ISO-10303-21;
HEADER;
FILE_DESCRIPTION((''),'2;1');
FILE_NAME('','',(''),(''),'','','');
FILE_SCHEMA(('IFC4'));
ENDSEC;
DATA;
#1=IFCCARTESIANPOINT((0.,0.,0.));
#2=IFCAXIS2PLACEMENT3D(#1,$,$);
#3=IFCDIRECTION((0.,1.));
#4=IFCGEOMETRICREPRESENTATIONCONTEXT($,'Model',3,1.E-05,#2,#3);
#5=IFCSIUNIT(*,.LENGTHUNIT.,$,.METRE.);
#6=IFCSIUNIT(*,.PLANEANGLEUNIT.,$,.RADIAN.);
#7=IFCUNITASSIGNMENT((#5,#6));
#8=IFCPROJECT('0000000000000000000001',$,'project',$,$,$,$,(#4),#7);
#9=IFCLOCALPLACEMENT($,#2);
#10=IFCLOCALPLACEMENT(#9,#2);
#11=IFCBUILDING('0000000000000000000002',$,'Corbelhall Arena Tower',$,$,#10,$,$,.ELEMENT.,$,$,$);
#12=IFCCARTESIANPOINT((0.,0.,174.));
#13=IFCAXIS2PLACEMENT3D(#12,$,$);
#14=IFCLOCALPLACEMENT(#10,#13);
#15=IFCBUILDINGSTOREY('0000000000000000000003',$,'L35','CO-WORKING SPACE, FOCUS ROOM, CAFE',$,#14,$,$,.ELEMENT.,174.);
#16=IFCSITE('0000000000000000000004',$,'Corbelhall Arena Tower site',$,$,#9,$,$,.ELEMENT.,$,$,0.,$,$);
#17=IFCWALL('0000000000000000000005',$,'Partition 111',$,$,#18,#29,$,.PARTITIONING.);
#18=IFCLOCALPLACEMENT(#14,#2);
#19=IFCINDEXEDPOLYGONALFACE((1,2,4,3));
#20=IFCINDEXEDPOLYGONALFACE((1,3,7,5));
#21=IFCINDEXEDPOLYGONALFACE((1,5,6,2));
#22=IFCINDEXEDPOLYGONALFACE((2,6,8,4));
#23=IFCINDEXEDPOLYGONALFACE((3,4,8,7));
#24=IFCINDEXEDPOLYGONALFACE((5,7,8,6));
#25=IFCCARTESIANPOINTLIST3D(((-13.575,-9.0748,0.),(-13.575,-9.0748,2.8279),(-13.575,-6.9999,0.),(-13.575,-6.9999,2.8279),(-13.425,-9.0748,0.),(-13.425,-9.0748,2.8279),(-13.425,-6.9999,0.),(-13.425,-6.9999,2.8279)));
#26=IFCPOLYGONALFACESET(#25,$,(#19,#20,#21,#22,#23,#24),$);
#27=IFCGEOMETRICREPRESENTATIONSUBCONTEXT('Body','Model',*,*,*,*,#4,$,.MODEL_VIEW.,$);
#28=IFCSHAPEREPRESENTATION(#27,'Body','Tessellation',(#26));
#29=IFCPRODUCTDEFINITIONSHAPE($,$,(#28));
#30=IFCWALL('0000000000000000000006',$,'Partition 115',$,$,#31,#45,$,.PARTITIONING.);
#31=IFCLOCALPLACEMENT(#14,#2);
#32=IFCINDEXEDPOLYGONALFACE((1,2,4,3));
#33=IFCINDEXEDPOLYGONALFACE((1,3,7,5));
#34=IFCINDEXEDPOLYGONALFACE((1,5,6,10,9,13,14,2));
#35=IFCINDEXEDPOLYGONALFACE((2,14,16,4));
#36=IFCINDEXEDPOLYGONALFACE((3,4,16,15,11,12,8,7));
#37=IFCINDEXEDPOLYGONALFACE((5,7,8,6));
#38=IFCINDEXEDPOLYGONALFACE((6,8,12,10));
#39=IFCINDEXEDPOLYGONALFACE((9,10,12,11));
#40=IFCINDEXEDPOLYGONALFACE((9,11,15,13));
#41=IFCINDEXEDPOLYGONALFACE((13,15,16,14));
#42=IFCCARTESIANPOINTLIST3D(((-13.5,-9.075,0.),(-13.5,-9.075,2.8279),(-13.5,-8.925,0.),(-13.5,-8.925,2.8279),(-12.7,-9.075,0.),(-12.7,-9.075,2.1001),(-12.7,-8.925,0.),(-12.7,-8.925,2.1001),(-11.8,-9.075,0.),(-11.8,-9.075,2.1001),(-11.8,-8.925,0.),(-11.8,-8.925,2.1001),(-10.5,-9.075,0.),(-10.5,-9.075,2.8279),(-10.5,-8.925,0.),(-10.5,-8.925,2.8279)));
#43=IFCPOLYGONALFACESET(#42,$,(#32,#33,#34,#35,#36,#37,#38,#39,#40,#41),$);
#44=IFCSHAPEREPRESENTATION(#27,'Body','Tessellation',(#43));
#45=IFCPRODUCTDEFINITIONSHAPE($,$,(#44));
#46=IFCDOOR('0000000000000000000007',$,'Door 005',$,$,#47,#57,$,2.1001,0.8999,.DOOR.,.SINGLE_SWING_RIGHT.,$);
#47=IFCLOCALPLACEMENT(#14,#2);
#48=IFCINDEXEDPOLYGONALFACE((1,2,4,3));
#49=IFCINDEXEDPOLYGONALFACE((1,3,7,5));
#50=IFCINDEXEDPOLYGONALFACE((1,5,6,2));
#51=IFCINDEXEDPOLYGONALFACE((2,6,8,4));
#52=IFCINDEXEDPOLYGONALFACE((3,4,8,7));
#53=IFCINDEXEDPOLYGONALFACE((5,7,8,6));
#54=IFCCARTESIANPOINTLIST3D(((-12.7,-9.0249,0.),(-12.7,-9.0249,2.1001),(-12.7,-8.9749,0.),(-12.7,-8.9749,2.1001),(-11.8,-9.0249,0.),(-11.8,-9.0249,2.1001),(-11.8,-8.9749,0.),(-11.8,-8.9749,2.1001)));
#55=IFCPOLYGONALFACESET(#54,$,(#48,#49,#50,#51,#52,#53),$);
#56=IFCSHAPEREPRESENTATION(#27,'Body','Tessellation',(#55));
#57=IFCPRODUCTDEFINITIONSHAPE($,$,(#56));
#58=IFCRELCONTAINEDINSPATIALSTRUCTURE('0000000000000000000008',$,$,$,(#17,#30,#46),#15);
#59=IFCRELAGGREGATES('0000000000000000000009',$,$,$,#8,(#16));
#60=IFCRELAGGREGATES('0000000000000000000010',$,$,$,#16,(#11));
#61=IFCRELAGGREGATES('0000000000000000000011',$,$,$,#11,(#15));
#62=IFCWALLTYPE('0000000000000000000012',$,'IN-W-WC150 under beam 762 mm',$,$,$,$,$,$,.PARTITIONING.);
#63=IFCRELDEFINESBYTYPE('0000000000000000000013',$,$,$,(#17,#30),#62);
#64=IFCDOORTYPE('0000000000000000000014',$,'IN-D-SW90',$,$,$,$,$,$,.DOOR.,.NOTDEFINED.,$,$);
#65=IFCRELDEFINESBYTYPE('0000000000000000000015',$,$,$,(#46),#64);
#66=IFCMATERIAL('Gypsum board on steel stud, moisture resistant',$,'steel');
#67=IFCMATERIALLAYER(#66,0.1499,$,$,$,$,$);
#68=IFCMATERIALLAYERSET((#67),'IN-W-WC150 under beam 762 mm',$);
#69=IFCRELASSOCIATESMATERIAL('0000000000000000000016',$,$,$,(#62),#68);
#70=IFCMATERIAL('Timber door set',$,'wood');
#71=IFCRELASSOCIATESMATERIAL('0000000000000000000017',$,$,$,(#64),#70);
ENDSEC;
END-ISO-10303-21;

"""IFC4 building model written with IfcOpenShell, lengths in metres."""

from ifc_helpers import new_model, si_unit, direction, frame, frame_2d, origin, place, context, subcontext, project, spatial, rectangle, extrude, material, layer, layer_set, type_object, element, fill, save


model = new_model("IFC4")

# Units and contexts
model_context = context("Model", 3, precision=1e-05, world=origin(), true_north=direction((0.0, 1.0)))
body_context = subcontext(model_context, "Body", "Model", "MODEL_VIEW")
ifc_project = project(units=[si_unit("LENGTHUNIT", "METRE"), si_unit("PLANEANGLEUNIT", "RADIAN")], contexts=[model_context])

# Site, building, storey
site_placement = place(None, origin())
site = spatial("IfcSite", under=ifc_project, at=site_placement, Name="Corbelhall Arena Tower site", CompositionType="ELEMENT", RefElevation=0.0)
building_placement = place(site_placement, origin())
building = spatial("IfcBuilding", under=site, at=building_placement, Name="Corbelhall Arena Tower", CompositionType="ELEMENT")
storey_placement = place(building_placement, frame((0.0, 0.0, 174.0)))
storey = spatial("IfcBuildingStorey", under=building, at=storey_placement, Name="L35", Description="CO-WORKING SPACE, FOCUS ROOM, CAFE", CompositionType="ELEMENT", Elevation=174.0)

# Wall
ifc_material_1 = material(Name="Gypsum board on steel stud, moisture resistant", Category="steel")
ifc_layer_1 = layer(ifc_material_1, 0.1499)
ifc_layer_set_1 = layer_set([ifc_layer_1], Name="IN-W-WC150 under beam 762 mm")
wall_type_1 = type_object("IfcWallType", Name="IN-W-WC150 under beam 762 mm", PredefinedType="PARTITIONING", material=ifc_layer_set_1)
wall_1_placement = place(storey_placement, frame((-13.5, -9.075, 0.0), z_axis=(0.0, 0.0, 1.0), x_axis=(0.0, 1.0, 0.0)))
element("IfcWall", 1, at=wall_1_placement, inside=storey, type_object=wall_type_1, Name="Partition 111", PredefinedType="PARTITIONING", context=body_context, shape_type="SweptSolid", body=[
    extrude(rectangle(XDim=2.075, YDim=0.1499, at=frame_2d((1.0376, 0.0))), origin(), (0.0, 0.0, 1.0), 2.8279),
])

# Wall, opening, door
wall_2_placement = place(storey_placement, frame((-10.5, -9.0, 0.0), z_axis=(0.0, 0.0, 1.0), x_axis=(-1.0, 0.0, 0.0)))
wall_2 = element("IfcWall", 2, at=wall_2_placement, inside=storey, type_object=wall_type_1, Name="Partition 115", PredefinedType="PARTITIONING", context=body_context, shape_type="SweptSolid", body=[
    extrude(rectangle(XDim=3.0, YDim=0.1499, at=frame_2d((1.5, 0.0))), origin(), (0.0, 0.0, 1.0), 2.8279),
])
opening_1_placement = place(wall_2_placement, frame((1.3, 0.0, 0.0)))
opening_1 = element("IfcOpeningElement", 3, at=opening_1_placement, cuts=wall_2, PredefinedType="OPENING", context=body_context, shape_type="SweptSolid", body=[
    extrude(rectangle(XDim=0.8999, YDim=2.1001, at=frame_2d((0.45, 1.05))), frame((0.0, 0.075, 0.0), z_axis=(0.0, -1.0, 0.0), x_axis=(1.0, 0.0, 0.0)), (0.0, 0.0, 1.0), 0.1499),
])
ifc_material_2 = material(Name="Timber door set", Category="wood")
door_type_1 = type_object("IfcDoorType", Name="IN-D-SW90", OperationType="NOTDEFINED", PredefinedType="DOOR", material=ifc_material_2)
door_1_placement = place(opening_1_placement, origin())
door_1 = element("IfcDoor", 4, at=door_1_placement, inside=storey, type_object=door_type_1, Name="Door 005", OperationType="SINGLE_SWING_RIGHT", OverallHeight=2.1001, OverallWidth=0.8999, PredefinedType="DOOR", context=body_context, shape_type="SweptSolid", body=[
    extrude(rectangle(XDim=0.8999, YDim=2.1001, at=frame_2d((0.45, 1.05))), frame((0.0, 0.0249, 0.0), z_axis=(0.0, -1.0, 0.0), x_axis=(1.0, 0.0, 0.0)), (0.0, 0.0, 1.0), 0.05),
])
fill(opening_1, door_1)

save(model, "model.ifc")
